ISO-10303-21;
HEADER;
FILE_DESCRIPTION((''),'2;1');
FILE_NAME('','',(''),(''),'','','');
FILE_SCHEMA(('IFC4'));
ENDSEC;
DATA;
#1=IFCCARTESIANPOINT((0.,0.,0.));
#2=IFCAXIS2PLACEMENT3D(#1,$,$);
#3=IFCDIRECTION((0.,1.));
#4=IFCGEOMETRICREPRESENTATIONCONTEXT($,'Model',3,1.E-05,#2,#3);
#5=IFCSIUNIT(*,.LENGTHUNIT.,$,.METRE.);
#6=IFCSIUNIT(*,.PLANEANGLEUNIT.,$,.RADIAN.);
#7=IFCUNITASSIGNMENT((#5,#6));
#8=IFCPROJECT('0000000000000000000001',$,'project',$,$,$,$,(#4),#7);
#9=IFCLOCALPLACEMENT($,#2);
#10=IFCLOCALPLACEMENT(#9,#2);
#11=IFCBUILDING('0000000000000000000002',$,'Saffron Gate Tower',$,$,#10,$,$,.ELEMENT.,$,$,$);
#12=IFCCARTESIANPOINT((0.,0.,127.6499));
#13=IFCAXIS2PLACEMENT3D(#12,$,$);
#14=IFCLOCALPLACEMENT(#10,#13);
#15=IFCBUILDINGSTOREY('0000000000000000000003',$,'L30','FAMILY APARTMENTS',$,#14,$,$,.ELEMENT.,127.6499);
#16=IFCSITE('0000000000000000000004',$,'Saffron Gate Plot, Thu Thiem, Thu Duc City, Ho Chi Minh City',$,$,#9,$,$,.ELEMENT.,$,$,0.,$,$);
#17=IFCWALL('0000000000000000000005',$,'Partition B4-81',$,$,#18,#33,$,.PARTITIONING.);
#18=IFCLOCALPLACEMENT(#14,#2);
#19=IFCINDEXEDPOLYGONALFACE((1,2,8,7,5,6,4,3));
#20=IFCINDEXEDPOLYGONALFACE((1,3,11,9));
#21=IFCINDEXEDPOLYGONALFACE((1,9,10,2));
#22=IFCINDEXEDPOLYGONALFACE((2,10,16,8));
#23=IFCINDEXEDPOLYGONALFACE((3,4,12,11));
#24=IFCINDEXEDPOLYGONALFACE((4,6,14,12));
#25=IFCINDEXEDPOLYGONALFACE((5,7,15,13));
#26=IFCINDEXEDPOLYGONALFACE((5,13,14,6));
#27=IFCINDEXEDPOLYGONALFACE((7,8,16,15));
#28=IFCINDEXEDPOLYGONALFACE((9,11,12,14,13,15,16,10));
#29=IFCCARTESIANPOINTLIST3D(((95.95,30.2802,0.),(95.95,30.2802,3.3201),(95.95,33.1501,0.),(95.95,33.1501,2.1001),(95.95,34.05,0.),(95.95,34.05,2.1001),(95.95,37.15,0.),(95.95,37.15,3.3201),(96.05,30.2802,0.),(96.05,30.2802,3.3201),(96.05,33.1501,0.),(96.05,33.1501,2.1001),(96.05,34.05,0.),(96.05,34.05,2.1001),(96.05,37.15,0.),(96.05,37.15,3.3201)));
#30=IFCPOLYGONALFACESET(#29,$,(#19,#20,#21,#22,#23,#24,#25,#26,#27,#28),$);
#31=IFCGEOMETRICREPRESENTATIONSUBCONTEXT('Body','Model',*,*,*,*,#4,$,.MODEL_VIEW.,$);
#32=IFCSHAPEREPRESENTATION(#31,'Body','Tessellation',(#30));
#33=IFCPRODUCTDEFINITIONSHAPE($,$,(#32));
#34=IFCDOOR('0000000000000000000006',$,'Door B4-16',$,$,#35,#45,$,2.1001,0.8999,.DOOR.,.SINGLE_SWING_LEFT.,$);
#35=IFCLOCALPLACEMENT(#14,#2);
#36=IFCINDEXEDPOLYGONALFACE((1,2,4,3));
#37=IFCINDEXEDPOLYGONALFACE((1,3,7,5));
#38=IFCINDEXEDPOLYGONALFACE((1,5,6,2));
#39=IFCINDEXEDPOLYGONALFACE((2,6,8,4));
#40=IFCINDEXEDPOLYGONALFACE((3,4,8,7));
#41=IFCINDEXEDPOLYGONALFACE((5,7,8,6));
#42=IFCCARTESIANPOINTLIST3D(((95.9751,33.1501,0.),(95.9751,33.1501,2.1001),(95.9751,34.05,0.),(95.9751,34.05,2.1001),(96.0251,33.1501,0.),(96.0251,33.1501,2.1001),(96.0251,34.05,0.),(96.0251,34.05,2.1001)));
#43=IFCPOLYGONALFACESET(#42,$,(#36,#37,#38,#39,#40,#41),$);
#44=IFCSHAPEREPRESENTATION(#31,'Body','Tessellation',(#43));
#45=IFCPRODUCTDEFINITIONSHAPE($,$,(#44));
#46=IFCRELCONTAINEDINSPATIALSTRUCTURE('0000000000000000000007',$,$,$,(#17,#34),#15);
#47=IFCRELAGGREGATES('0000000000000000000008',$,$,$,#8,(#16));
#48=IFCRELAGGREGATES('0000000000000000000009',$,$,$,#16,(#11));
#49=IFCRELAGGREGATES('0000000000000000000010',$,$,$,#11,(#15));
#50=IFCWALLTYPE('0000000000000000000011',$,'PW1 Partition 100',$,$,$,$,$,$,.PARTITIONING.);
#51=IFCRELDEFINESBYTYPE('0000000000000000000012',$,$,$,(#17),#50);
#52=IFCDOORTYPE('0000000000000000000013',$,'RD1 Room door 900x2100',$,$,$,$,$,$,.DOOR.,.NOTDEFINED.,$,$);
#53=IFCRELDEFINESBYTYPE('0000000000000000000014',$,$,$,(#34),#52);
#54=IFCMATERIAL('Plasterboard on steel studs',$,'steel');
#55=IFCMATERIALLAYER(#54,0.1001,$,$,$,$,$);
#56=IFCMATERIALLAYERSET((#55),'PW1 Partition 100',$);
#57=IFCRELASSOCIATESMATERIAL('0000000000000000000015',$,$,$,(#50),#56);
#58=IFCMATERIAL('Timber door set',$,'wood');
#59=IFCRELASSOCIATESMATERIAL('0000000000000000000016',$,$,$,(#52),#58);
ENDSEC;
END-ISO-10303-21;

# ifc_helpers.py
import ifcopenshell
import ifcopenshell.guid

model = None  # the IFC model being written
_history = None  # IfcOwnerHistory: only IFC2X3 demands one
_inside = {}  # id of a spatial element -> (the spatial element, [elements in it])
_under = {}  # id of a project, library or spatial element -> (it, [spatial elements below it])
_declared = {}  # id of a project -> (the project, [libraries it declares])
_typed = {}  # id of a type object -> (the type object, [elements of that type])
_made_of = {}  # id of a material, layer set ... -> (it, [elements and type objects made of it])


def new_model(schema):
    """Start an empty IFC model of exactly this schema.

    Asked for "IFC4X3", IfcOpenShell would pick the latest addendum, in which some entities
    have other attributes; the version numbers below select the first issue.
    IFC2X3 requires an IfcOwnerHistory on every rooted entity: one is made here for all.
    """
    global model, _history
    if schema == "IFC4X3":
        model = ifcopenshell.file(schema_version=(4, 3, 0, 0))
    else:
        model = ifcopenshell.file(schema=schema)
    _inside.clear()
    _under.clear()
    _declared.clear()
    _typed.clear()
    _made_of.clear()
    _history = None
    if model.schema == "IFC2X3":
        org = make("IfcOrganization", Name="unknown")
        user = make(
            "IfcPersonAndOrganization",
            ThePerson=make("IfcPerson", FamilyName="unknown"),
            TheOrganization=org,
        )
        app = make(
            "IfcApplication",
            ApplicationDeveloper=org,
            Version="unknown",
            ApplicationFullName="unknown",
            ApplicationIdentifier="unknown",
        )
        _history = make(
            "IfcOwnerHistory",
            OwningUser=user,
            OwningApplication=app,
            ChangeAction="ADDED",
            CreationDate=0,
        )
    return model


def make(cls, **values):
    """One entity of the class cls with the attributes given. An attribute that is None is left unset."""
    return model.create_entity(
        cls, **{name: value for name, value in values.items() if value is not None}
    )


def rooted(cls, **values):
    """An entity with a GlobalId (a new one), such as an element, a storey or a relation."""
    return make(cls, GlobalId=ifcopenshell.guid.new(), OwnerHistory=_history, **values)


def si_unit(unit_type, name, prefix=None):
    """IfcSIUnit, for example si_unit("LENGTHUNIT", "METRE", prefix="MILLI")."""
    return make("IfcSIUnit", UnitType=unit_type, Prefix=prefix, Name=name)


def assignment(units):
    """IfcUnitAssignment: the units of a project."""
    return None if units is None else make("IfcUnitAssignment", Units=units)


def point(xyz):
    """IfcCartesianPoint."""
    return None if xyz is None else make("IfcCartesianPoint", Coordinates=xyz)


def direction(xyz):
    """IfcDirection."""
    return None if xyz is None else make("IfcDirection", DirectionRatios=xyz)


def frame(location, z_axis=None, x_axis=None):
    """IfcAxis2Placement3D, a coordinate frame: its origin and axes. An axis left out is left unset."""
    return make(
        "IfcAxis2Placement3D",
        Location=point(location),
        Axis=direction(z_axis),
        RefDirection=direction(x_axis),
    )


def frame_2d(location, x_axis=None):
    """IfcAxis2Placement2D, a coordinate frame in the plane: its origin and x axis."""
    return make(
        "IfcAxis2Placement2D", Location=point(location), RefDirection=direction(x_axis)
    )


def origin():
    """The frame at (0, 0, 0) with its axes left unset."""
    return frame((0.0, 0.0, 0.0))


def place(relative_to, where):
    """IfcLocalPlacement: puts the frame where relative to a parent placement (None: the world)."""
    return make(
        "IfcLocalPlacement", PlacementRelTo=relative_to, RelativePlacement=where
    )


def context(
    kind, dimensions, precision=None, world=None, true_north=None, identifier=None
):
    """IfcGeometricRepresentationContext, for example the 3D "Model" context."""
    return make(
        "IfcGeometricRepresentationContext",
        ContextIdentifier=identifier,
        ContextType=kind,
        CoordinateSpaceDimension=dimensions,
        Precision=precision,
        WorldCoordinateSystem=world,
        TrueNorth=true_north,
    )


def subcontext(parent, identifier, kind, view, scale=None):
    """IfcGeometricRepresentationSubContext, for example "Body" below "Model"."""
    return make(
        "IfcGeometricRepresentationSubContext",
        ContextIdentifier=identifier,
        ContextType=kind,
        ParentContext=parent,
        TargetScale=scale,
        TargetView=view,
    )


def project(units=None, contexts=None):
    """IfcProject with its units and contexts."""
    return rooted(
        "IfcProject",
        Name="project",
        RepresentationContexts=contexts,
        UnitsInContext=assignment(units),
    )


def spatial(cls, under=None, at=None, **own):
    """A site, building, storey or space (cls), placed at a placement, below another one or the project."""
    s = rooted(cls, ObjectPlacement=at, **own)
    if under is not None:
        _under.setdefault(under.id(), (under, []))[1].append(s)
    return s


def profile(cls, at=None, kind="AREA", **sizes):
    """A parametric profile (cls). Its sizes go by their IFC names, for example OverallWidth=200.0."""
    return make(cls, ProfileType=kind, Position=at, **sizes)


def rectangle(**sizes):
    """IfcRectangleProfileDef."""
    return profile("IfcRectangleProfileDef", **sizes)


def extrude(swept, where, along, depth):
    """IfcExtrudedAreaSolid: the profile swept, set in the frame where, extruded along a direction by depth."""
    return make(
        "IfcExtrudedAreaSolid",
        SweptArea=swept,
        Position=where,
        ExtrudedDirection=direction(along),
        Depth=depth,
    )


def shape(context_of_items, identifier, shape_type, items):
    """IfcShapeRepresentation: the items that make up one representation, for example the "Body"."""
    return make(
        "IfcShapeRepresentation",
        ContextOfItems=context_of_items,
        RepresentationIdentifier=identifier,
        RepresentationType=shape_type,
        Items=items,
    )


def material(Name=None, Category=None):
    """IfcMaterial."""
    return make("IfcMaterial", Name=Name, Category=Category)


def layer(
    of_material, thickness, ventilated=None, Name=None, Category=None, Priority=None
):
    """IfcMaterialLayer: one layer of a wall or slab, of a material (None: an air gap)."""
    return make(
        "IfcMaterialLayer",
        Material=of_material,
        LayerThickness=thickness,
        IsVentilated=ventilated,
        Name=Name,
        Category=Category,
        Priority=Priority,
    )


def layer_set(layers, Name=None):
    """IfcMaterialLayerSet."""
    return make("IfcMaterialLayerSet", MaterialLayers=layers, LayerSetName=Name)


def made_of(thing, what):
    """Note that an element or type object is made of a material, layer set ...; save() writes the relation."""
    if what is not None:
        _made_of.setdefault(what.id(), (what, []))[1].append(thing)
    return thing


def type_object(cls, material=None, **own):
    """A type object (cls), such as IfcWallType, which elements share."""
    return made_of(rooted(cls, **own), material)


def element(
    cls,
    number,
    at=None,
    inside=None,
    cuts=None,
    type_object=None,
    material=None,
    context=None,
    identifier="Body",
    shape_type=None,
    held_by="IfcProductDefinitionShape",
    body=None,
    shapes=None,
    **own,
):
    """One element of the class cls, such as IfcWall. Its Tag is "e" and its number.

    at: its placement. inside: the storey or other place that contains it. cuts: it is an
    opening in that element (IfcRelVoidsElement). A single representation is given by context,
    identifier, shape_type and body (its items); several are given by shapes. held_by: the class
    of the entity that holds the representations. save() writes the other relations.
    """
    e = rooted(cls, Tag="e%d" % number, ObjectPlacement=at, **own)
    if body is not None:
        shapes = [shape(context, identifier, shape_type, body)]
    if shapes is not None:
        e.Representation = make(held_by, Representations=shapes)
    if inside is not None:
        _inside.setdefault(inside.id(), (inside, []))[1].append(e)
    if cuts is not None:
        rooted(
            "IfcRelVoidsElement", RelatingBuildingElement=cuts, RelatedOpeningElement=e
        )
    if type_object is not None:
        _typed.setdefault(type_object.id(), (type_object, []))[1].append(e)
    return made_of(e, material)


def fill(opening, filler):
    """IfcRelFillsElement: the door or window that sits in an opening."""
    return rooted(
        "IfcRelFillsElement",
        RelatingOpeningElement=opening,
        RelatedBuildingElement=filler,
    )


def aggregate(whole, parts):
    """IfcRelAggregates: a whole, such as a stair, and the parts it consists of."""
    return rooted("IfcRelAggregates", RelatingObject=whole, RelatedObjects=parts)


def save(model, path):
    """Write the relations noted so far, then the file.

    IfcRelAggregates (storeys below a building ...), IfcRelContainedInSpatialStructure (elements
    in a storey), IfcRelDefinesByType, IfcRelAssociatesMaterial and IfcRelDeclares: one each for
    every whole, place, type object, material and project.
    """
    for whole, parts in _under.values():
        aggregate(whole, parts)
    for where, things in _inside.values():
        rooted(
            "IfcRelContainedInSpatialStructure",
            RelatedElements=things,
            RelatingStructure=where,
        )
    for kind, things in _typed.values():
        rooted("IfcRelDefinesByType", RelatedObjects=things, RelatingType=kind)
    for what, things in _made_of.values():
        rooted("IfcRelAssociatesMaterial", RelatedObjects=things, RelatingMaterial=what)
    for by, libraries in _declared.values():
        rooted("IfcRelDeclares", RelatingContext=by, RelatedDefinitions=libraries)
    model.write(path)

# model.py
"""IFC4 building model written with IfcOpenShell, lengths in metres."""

from ifc_helpers import new_model, si_unit, direction, frame, frame_2d, origin, place, context, subcontext, project, spatial, rectangle, extrude, material, layer, layer_set, type_object, element, fill, save


model = new_model("IFC4")

# Units and contexts
model_context = context("Model", 3, precision=1e-05, world=origin(), true_north=direction((0.0, 1.0)))
body_context = subcontext(model_context, "Body", "Model", "MODEL_VIEW")
ifc_project = project(units=[si_unit("LENGTHUNIT", "METRE"), si_unit("PLANEANGLEUNIT", "RADIAN")], contexts=[model_context])

# Site, building, storey
site_placement = place(None, origin())
site = spatial("IfcSite", under=ifc_project, at=site_placement, Name="Saffron Gate Plot, Thu Thiem, Thu Duc City, Ho Chi Minh City", CompositionType="ELEMENT", RefElevation=0.0)
building_placement = place(site_placement, origin())
building = spatial("IfcBuilding", under=site, at=building_placement, Name="Saffron Gate Tower", CompositionType="ELEMENT")
storey_placement = place(building_placement, frame((0.0, 0.0, 127.6499)))
storey = spatial("IfcBuildingStorey", under=building, at=storey_placement, Name="L30", Description="FAMILY APARTMENTS", CompositionType="ELEMENT", Elevation=127.6499)

# Shared definitions
ifc_material_1 = material(Name="Plasterboard on steel studs", Category="steel")
ifc_layer = layer(ifc_material_1, 0.1001)
ifc_layer_set = layer_set([ifc_layer], Name="PW1 Partition 100")
wall_type = type_object("IfcWallType", Name="PW1 Partition 100", PredefinedType="PARTITIONING", material=ifc_layer_set)
ifc_material_2 = material(Name="Timber door set", Category="wood")
door_type = type_object("IfcDoorType", Name="RD1 Room door 900x2100", OperationType="NOTDEFINED", PredefinedType="DOOR", material=ifc_material_2)

# Wall, opening, door
wall_1_placement = place(storey_placement, frame((96.0, 30.28, 0.0), z_axis=(0.0, 0.0, 1.0), x_axis=(0.0, 1.0, 0.0)))
wall_1 = element("IfcWall", 1, at=wall_1_placement, inside=storey, type_object=wall_type, Name="Partition B4-81", PredefinedType="PARTITIONING", context=body_context, shape_type="SweptSolid", body=[
    extrude(rectangle(XDim=6.8699, YDim=0.1001, at=frame_2d((3.4351, 0.0))), origin(), (0.0, 0.0, 1.0), 3.3201),
])
opening_1_placement = place(wall_1_placement, frame((2.8701, 0.0, 0.0)))
opening_1 = element("IfcOpeningElement", 2, at=opening_1_placement, cuts=wall_1, PredefinedType="OPENING", context=body_context, shape_type="SweptSolid", body=[
    extrude(rectangle(XDim=0.8999, YDim=2.1001, at=frame_2d((0.45, 1.05))), frame((0.0, 0.0601, 0.0), z_axis=(0.0, -1.0, 0.0), x_axis=(1.0, 0.0, 0.0)), (0.0, 0.0, 1.0), 0.1201),
])
door_1_placement = place(opening_1_placement, origin())
door_1 = element("IfcDoor", 3, at=door_1_placement, inside=storey, type_object=door_type, Name="Door B4-16", OperationType="SINGLE_SWING_LEFT", OverallHeight=2.1001, OverallWidth=0.8999, PredefinedType="DOOR", context=body_context, shape_type="SweptSolid", body=[
    extrude(rectangle(XDim=0.8999, YDim=2.1001, at=frame_2d((0.45, 1.05))), frame((0.0, 0.0249, 0.0), z_axis=(0.0, -1.0, 0.0), x_axis=(1.0, 0.0, 0.0)), (0.0, 0.0, 1.0), 0.05),
])
fill(opening_1, door_1)

save(model, "model.ifc")
